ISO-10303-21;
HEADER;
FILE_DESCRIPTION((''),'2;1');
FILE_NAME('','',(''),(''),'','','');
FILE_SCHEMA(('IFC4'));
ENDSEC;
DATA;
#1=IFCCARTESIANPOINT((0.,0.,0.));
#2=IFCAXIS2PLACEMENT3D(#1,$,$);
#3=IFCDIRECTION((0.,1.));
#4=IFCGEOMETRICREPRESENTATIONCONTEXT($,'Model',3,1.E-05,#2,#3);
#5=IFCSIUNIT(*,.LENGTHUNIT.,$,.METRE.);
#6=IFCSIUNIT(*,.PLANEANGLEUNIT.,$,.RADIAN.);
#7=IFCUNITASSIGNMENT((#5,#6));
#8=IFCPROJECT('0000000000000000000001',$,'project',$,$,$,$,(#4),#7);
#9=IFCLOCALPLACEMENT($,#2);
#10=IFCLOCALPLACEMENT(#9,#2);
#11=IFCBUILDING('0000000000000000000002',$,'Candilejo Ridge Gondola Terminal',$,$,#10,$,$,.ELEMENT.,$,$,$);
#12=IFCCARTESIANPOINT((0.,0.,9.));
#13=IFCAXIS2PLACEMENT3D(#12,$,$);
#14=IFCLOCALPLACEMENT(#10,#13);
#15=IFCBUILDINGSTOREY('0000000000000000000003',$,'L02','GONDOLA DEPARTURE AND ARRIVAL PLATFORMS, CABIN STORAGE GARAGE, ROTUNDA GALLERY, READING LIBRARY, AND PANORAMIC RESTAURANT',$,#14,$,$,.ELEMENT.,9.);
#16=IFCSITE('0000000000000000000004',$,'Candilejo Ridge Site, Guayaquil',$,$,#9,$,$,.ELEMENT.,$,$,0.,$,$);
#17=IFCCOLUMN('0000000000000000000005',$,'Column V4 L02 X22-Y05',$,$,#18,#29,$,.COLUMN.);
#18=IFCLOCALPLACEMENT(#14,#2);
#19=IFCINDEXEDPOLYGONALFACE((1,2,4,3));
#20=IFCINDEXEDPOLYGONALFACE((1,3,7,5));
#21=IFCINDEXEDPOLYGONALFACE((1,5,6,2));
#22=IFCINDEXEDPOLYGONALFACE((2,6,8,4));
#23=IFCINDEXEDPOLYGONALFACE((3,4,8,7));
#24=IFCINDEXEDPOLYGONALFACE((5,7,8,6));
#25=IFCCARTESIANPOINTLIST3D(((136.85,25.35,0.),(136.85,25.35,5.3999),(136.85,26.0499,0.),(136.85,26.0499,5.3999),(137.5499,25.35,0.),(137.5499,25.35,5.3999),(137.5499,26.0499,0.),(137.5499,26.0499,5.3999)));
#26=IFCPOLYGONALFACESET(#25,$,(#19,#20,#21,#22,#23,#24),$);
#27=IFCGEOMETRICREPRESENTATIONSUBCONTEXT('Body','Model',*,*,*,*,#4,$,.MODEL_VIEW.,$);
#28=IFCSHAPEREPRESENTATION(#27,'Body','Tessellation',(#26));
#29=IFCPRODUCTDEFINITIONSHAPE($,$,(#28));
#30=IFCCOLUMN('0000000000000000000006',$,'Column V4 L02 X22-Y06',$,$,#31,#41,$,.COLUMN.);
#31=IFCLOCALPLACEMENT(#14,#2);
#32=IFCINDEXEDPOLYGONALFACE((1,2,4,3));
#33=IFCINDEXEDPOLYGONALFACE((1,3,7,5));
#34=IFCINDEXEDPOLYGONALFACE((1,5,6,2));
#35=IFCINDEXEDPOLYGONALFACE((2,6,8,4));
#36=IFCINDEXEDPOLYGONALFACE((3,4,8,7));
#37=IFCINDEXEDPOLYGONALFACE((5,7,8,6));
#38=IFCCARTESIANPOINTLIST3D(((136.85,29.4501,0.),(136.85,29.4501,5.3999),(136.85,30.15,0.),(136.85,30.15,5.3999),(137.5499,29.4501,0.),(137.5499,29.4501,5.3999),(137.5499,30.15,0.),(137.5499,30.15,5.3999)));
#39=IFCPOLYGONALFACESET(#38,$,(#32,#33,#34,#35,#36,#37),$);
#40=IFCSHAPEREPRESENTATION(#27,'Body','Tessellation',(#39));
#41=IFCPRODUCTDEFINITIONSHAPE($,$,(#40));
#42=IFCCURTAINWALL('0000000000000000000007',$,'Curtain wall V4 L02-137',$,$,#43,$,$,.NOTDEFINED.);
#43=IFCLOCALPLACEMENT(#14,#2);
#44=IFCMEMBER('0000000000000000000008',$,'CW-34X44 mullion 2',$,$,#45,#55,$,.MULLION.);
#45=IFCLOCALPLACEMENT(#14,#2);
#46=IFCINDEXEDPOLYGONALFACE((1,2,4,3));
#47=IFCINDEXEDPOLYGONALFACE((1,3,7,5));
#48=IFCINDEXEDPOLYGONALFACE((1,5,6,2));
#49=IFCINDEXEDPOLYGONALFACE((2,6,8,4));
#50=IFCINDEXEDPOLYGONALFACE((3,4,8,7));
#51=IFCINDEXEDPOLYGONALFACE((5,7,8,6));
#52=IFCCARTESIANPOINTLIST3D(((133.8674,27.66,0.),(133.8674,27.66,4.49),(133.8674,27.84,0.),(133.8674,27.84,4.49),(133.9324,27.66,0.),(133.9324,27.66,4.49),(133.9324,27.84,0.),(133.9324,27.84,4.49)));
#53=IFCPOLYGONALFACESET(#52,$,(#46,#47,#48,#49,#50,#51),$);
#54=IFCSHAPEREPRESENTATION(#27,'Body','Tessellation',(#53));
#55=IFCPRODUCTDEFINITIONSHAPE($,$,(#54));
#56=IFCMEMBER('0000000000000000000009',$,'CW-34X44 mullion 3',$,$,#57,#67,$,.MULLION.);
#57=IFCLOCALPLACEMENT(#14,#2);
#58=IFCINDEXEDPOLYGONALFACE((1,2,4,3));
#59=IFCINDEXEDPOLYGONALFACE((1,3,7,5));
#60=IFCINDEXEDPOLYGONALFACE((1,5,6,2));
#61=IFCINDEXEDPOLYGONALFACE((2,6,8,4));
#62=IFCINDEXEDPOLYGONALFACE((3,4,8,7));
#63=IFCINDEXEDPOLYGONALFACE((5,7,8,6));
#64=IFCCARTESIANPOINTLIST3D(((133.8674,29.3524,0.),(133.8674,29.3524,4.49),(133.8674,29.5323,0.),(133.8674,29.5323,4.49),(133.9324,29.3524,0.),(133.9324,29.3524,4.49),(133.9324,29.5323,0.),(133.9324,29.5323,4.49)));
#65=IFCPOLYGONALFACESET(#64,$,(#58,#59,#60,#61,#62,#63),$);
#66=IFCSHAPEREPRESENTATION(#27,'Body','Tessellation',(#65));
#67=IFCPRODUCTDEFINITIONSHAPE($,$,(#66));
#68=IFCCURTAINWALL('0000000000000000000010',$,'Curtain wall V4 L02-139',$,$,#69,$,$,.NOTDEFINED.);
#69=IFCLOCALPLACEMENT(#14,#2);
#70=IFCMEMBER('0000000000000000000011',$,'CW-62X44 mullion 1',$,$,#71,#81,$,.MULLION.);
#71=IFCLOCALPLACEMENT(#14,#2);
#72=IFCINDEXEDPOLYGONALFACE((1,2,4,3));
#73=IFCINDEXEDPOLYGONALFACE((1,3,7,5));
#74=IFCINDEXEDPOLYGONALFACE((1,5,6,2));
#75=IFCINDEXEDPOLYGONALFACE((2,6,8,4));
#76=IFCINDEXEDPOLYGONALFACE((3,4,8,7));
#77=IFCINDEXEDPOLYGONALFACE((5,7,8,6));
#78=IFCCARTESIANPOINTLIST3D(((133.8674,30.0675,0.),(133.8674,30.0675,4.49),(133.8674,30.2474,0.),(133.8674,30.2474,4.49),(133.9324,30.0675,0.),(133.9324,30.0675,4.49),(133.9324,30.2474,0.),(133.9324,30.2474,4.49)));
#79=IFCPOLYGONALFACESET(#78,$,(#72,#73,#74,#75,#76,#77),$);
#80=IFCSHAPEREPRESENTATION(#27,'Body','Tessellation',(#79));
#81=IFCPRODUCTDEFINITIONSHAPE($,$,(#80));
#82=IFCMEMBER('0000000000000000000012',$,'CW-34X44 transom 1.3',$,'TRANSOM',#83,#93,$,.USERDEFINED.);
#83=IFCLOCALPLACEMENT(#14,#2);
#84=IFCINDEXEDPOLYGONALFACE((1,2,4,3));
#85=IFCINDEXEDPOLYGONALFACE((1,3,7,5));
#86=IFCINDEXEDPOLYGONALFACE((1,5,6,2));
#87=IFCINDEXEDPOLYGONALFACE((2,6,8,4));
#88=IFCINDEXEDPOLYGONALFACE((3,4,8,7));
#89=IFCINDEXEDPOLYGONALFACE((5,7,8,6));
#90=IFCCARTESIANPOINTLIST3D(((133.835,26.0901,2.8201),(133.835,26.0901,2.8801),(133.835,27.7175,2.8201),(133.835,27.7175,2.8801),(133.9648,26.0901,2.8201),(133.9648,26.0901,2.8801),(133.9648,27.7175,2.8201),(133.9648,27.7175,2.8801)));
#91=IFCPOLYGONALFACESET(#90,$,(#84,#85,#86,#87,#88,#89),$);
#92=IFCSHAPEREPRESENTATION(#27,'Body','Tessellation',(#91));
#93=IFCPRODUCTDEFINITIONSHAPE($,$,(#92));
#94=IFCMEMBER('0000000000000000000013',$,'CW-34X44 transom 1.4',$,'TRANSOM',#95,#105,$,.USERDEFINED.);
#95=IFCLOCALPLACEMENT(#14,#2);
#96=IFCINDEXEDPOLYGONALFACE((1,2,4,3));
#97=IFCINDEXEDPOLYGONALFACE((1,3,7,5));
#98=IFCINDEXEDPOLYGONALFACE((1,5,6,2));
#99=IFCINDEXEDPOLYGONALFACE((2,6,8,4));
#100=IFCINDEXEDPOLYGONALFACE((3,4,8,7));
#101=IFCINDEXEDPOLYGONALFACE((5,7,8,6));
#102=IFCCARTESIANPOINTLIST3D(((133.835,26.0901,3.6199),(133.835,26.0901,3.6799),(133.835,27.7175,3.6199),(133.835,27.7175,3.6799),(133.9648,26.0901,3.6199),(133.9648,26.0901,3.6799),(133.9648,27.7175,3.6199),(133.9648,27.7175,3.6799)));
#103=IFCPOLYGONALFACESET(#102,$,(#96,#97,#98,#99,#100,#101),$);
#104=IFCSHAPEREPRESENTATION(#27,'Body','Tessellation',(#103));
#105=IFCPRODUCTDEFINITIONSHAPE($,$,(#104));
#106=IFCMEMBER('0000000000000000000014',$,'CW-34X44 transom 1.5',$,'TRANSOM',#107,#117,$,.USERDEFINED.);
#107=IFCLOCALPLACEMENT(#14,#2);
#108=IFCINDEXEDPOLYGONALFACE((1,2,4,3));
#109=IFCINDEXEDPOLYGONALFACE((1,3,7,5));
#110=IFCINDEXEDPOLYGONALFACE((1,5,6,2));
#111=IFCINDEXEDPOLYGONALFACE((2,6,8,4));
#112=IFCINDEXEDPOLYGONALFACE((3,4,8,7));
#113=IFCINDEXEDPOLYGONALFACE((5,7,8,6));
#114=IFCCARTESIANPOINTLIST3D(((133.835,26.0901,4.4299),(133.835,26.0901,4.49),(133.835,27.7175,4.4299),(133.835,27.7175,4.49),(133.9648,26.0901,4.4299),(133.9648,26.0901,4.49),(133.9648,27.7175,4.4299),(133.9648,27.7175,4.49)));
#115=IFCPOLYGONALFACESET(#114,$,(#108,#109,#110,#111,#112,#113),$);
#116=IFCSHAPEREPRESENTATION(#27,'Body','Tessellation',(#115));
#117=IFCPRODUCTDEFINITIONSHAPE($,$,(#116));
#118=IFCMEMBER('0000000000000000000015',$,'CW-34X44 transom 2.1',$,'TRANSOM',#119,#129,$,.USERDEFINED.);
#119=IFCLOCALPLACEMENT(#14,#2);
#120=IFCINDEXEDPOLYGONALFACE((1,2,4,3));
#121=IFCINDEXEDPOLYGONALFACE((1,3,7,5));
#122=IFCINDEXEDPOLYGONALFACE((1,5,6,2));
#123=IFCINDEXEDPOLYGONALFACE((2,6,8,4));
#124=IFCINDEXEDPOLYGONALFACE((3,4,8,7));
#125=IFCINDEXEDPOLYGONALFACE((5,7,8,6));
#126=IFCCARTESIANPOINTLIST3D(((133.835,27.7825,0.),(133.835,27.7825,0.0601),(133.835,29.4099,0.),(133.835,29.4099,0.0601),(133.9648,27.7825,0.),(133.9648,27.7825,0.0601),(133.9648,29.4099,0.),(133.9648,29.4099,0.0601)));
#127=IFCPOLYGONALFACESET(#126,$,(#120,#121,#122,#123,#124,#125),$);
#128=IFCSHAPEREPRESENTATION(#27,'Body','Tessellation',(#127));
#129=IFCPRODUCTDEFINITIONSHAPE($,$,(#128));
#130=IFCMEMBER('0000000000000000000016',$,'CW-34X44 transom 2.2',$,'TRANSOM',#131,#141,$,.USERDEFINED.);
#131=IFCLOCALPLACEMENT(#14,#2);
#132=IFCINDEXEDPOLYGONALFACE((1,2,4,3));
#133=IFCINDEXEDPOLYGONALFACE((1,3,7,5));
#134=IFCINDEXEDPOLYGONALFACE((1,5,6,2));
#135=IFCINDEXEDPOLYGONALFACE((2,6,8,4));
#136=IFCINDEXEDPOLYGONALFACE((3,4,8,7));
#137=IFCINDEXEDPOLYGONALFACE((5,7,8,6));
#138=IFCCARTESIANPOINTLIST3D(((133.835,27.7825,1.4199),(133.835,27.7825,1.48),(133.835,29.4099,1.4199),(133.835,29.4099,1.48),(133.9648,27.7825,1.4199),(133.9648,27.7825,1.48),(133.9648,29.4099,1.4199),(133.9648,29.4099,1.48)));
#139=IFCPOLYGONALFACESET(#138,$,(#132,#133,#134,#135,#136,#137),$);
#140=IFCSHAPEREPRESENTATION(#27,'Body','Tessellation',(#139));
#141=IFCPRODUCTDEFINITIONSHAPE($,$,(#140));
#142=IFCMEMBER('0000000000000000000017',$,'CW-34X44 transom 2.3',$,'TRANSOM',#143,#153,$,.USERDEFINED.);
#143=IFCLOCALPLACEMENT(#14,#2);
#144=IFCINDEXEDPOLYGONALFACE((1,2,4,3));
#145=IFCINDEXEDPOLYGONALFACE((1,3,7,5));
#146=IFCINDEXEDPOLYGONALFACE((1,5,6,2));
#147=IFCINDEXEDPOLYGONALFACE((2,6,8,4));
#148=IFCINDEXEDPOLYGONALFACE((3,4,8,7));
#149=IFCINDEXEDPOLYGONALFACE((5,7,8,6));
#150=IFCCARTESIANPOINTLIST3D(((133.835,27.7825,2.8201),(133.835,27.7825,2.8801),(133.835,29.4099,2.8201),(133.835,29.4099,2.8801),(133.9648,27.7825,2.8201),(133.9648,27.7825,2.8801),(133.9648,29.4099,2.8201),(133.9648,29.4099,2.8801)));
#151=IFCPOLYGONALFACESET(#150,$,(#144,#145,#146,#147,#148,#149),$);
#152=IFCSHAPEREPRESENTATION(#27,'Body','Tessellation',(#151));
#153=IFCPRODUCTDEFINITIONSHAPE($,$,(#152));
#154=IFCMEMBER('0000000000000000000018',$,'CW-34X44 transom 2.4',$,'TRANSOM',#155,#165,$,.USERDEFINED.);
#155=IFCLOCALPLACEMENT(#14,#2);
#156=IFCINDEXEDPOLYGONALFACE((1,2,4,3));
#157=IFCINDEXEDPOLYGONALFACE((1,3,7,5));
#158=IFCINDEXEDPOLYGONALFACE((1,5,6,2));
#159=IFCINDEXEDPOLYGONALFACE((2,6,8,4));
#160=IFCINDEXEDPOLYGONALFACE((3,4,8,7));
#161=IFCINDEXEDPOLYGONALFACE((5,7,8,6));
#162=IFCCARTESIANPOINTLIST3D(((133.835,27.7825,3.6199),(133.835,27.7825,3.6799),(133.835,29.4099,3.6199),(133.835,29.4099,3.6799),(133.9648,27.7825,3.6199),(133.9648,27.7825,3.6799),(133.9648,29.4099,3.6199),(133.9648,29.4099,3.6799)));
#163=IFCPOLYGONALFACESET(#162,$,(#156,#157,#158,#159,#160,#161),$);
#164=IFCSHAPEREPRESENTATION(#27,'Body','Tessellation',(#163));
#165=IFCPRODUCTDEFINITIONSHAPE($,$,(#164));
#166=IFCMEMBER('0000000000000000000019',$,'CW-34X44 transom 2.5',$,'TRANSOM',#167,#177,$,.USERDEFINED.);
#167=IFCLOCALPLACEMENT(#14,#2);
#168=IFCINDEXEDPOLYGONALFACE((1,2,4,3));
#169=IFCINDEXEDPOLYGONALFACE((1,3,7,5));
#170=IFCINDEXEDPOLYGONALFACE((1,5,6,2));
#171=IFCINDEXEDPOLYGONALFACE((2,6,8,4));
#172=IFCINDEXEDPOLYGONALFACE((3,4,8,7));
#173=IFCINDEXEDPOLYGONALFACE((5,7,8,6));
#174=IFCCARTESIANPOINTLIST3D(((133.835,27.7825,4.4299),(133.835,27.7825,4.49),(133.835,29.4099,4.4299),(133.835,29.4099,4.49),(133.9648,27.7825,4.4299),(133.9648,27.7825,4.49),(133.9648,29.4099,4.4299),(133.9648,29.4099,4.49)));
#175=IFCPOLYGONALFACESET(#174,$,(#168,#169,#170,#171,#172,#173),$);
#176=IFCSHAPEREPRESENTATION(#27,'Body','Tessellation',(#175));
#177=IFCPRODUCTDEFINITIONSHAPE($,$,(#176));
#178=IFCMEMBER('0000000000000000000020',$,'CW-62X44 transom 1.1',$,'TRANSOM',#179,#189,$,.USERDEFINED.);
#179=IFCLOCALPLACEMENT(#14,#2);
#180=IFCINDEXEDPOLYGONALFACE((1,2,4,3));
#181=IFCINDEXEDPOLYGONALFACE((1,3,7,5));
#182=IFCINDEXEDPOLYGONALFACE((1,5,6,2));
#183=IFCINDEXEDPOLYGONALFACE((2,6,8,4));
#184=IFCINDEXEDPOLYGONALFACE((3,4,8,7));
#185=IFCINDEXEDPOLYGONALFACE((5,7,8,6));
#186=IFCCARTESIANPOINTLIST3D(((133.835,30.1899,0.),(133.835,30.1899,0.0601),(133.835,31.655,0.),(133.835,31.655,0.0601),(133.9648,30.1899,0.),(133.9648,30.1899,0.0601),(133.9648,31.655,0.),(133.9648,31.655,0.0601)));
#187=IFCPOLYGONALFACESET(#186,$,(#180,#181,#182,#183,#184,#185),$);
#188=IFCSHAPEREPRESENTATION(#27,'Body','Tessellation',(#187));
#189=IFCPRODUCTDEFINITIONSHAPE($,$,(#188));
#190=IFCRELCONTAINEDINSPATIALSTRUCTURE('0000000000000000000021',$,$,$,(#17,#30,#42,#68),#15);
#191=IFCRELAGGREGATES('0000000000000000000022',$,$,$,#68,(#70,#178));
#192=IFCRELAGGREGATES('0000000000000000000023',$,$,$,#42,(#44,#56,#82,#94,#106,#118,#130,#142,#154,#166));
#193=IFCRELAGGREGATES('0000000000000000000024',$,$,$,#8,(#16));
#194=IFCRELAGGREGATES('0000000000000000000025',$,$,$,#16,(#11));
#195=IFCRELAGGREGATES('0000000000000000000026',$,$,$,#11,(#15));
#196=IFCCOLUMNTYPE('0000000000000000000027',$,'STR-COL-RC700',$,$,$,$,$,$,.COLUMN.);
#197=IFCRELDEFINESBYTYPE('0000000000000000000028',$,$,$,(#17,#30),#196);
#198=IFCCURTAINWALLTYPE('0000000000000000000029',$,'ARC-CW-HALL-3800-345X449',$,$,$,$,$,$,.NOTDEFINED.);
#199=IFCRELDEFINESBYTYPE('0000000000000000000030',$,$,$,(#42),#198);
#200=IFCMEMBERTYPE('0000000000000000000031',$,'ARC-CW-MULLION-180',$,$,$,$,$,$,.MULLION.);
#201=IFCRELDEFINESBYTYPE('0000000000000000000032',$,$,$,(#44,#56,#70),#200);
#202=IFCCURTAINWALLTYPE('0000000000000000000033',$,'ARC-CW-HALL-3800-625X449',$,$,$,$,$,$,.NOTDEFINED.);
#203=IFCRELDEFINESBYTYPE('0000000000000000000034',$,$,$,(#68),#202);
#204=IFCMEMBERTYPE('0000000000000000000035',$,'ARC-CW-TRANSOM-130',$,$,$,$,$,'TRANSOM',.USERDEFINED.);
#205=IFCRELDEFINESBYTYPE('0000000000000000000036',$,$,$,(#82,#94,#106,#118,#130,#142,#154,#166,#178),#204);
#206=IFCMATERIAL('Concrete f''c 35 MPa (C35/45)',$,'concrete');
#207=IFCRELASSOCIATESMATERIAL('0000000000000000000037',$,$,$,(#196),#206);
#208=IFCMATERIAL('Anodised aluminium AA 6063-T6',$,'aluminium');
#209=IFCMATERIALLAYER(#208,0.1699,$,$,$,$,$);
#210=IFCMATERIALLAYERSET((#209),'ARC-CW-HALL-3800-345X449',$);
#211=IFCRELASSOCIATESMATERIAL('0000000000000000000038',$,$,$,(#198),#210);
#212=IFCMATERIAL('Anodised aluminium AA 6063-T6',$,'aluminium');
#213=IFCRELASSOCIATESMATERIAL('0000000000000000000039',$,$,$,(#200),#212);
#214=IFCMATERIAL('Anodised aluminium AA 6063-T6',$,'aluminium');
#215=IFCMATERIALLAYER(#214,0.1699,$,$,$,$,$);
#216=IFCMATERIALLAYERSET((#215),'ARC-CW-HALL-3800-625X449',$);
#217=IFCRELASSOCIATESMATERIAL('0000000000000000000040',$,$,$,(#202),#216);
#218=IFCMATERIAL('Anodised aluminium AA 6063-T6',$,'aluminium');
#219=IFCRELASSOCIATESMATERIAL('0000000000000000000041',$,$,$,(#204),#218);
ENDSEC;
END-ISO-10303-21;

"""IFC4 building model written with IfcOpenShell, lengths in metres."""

from ifc_helpers import new_model, si_unit, direction, frame, origin, origin_2d, place, context, subcontext, project, spatial, rectangle, extrude, material, layer, layer_set, material_profile, profile_set, type_object, element, aggregate, save


model = new_model("IFC4")

# Units and contexts
model_context = context("Model", 3, precision=1e-05, world=origin(), true_north=direction((0.0, 1.0)))
body_context = subcontext(model_context, "Body", "Model", "MODEL_VIEW")
ifc_project = project(units=[si_unit("LENGTHUNIT", "METRE"), si_unit("PLANEANGLEUNIT", "RADIAN")], contexts=[model_context])

# Site, building, storey
site_placement = place(None, origin())
site = spatial("IfcSite", under=ifc_project, at=site_placement, Name="Candilejo Ridge Site, Guayaquil", CompositionType="ELEMENT", RefElevation=0.0)
building_placement = place(site_placement, origin())
building = spatial("IfcBuilding", under=site, at=building_placement, Name="Candilejo Ridge Gondola Terminal", CompositionType="ELEMENT")
storey_placement = place(building_placement, frame((0.0, 0.0, 9.0)))
storey = spatial("IfcBuildingStorey", under=building, at=storey_placement, Name="L02", Description="GONDOLA DEPARTURE AND ARRIVAL PLATFORMS, CABIN STORAGE GARAGE, ROTUNDA GALLERY, READING LIBRARY, AND PANORAMIC RESTAURANT", CompositionType="ELEMENT", Elevation=9.0)

# Columns
ifc_material_1 = material(Name="Concrete f'c 35 MPa (C35/45)", Category="concrete")
ifc_material_profile_1 = material_profile(ifc_material_1, rectangle(XDim=0.7, YDim=0.7, at=origin_2d()))
ifc_profile_set_1 = profile_set([ifc_material_profile_1], Name="Concrete f'c 35 MPa (C35/45)")
column_type = type_object("IfcColumnType", Name="STR-COL-RC700", PredefinedType="COLUMN", material=ifc_profile_set_1)
for number, where, z_axis, x_axis, name in (
    (1, (137.2, 25.7, 0.0), (0.0, 0.0, 1.0), (1.0, 0.0, 0.0), "Column V4 L02 X22-Y05"),
    (2, (137.2, 29.8, 0.0), (0.0, 0.0, 1.0), (1.0, 0.0, 0.0), "Column V4 L02 X22-Y06"),
):
    element("IfcColumn", number, at=place(storey_placement, frame(where, z_axis=z_axis, x_axis=x_axis)), inside=storey, type_object=column_type, Name=name, PredefinedType="COLUMN", context=body_context, shape_type="SweptSolid", body=[
        extrude(rectangle(XDim=0.7, YDim=0.7, at=origin_2d()), origin(), (0.0, 0.0, 1.0), 5.3999),
    ])

# Curtain wall, members
ifc_material_2 = material(Name="Anodised aluminium AA 6063-T6", Category="aluminium")
ifc_layer_1 = layer(ifc_material_2, 0.1699)
ifc_layer_set_1 = layer_set([ifc_layer_1], Name="ARC-CW-HALL-3800-345X449")
curtain_wall_type_1 = type_object("IfcCurtainWallType", Name="ARC-CW-HALL-3800-345X449", PredefinedType="NOTDEFINED", material=ifc_layer_set_1)
curtain_wall_1_placement = place(storey_placement, origin())
curtain_wall_1 = element("IfcCurtainWall", 3, at=curtain_wall_1_placement, inside=storey, type_object=curtain_wall_type_1, Name="Curtain wall V4 L02-137", PredefinedType="NOTDEFINED")
ifc_material_3 = material(Name="Anodised aluminium AA 6063-T6", Category="aluminium")
ifc_material_profile_2 = material_profile(ifc_material_3, rectangle(XDim=0.0649, YDim=0.1799, at=origin_2d()))
ifc_profile_set_2 = profile_set([ifc_material_profile_2], Name="Anodised aluminium AA 6063-T6")
member_type_1 = type_object("IfcMemberType", Name="ARC-CW-MULLION-180", PredefinedType="MULLION", material=ifc_profile_set_2)
member_1_placement = place(storey_placement, frame((133.8999, 27.75, 0.0), z_axis=(0.0, 0.0, 1.0), x_axis=(-1.0, 0.0, 0.0)))
member_1 = element("IfcMember", 4, at=member_1_placement, type_object=member_type_1, Name="CW-34X44 mullion 2", PredefinedType="MULLION", context=body_context, shape_type="SweptSolid", body=[
    extrude(rectangle(XDim=0.0649, YDim=0.1799, at=origin_2d()), origin(), (0.0, 0.0, 1.0), 4.49),
])
member_2_placement = place(storey_placement, frame((133.8999, 29.4424, 0.0), z_axis=(0.0, 0.0, 1.0), x_axis=(-1.0, 0.0, 0.0)))
member_2 = element("IfcMember", 5, at=member_2_placement, type_object=member_type_1, Name="CW-34X44 mullion 3", PredefinedType="MULLION", context=body_context, shape_type="SweptSolid", body=[
    extrude(rectangle(XDim=0.0649, YDim=0.1799, at=origin_2d()), origin(), (0.0, 0.0, 1.0), 4.49),
])

# Curtain wall, member
ifc_material_4 = material(Name="Anodised aluminium AA 6063-T6", Category="aluminium")
ifc_layer_2 = layer(ifc_material_4, 0.1699)
ifc_layer_set_2 = layer_set([ifc_layer_2], Name="ARC-CW-HALL-3800-625X449")
curtain_wall_type_2 = type_object("IfcCurtainWallType", Name="ARC-CW-HALL-3800-625X449", PredefinedType="NOTDEFINED", material=ifc_layer_set_2)
curtain_wall_2_placement = place(storey_placement, origin())
curtain_wall_2 = element("IfcCurtainWall", 6, at=curtain_wall_2_placement, inside=storey, type_object=curtain_wall_type_2, Name="Curtain wall V4 L02-139", PredefinedType="NOTDEFINED")
member_3_placement = place(storey_placement, frame((133.8999, 30.1575, 0.0), z_axis=(0.0, 0.0, 1.0), x_axis=(-1.0, 0.0, 0.0)))
member_3 = element("IfcMember", 7, at=member_3_placement, type_object=member_type_1, Name="CW-62X44 mullion 1", PredefinedType="MULLION", context=body_context, shape_type="SweptSolid", body=[
    extrude(rectangle(XDim=0.0649, YDim=0.1799, at=origin_2d()), origin(), (0.0, 0.0, 1.0), 4.49),
])

# Members
ifc_material_5 = material(Name="Anodised aluminium AA 6063-T6", Category="aluminium")
ifc_material_profile_3 = material_profile(ifc_material_5, rectangle(XDim=0.1299, YDim=0.0601, at=origin_2d()))
ifc_profile_set_3 = profile_set([ifc_material_profile_3], Name="Anodised aluminium AA 6063-T6")
member_type_2 = type_object("IfcMemberType", Name="ARC-CW-TRANSOM-130", ElementType="TRANSOM", PredefinedType="USERDEFINED", material=ifc_profile_set_3)
member_4_placement = place(storey_placement, frame((133.8999, 26.0901, 2.8501), z_axis=(0.0, 1.0, 0.0), x_axis=(-1.0, 0.0, 0.0)))
member_4 = element("IfcMember", 8, at=member_4_placement, type_object=member_type_2, Name="CW-34X44 transom 1.3", ObjectType="TRANSOM", PredefinedType="USERDEFINED", context=body_context, shape_type="SweptSolid", body=[
    extrude(rectangle(XDim=0.1299, YDim=0.0601, at=origin_2d()), origin(), (0.0, 0.0, 1.0), 1.6274),
])
member_5_placement = place(storey_placement, frame((133.8999, 26.0901, 3.6499), z_axis=(0.0, 1.0, 0.0), x_axis=(-1.0, 0.0, 0.0)))
member_5 = element("IfcMember", 9, at=member_5_placement, type_object=member_type_2, Name="CW-34X44 transom 1.4", ObjectType="TRANSOM", PredefinedType="USERDEFINED", context=body_context, shape_type="SweptSolid", body=[
    extrude(rectangle(XDim=0.1299, YDim=0.0601, at=origin_2d()), origin(), (0.0, 0.0, 1.0), 1.6274),
])
member_6_placement = place(storey_placement, frame((133.8999, 26.0901, 4.46), z_axis=(0.0, 1.0, 0.0), x_axis=(-1.0, 0.0, 0.0)))
member_6 = element("IfcMember", 10, at=member_6_placement, type_object=member_type_2, Name="CW-34X44 transom 1.5", ObjectType="TRANSOM", PredefinedType="USERDEFINED", context=body_context, shape_type="SweptSolid", body=[
    extrude(rectangle(XDim=0.1299, YDim=0.0601, at=origin_2d()), origin(), (0.0, 0.0, 1.0), 1.6274),
])
member_7_placement = place(storey_placement, frame((133.8999, 27.7825, 0.03), z_axis=(0.0, 1.0, 0.0), x_axis=(-1.0, 0.0, 0.0)))
member_7 = element("IfcMember", 11, at=member_7_placement, type_object=member_type_2, Name="CW-34X44 transom 2.1", ObjectType="TRANSOM", PredefinedType="USERDEFINED", context=body_context, shape_type="SweptSolid", body=[
    extrude(rectangle(XDim=0.1299, YDim=0.0601, at=origin_2d()), origin(), (0.0, 0.0, 1.0), 1.6274),
])
member_8_placement = place(storey_placement, frame((133.8999, 27.7825, 1.45), z_axis=(0.0, 1.0, 0.0), x_axis=(-1.0, 0.0, 0.0)))
member_8 = element("IfcMember", 12, at=member_8_placement, type_object=member_type_2, Name="CW-34X44 transom 2.2", ObjectType="TRANSOM", PredefinedType="USERDEFINED", context=body_context, shape_type="SweptSolid", body=[
    extrude(rectangle(XDim=0.1299, YDim=0.0601, at=origin_2d()), origin(), (0.0, 0.0, 1.0), 1.6274),
])
member_9_placement = place(storey_placement, frame((133.8999, 27.7825, 2.8501), z_axis=(0.0, 1.0, 0.0), x_axis=(-1.0, 0.0, 0.0)))
member_9 = element("IfcMember", 13, at=member_9_placement, type_object=member_type_2, Name="CW-34X44 transom 2.3", ObjectType="TRANSOM", PredefinedType="USERDEFINED", context=body_context, shape_type="SweptSolid", body=[
    extrude(rectangle(XDim=0.1299, YDim=0.0601, at=origin_2d()), origin(), (0.0, 0.0, 1.0), 1.6274),
])
member_10_placement = place(storey_placement, frame((133.8999, 27.7825, 3.6499), z_axis=(0.0, 1.0, 0.0), x_axis=(-1.0, 0.0, 0.0)))
member_10 = element("IfcMember", 14, at=member_10_placement, type_object=member_type_2, Name="CW-34X44 transom 2.4", ObjectType="TRANSOM", PredefinedType="USERDEFINED", context=body_context, shape_type="SweptSolid", body=[
    extrude(rectangle(XDim=0.1299, YDim=0.0601, at=origin_2d()), origin(), (0.0, 0.0, 1.0), 1.6274),
])
member_11_placement = place(storey_placement, frame((133.8999, 27.7825, 4.46), z_axis=(0.0, 1.0, 0.0), x_axis=(-1.0, 0.0, 0.0)))
member_11 = element("IfcMember", 15, at=member_11_placement, type_object=member_type_2, Name="CW-34X44 transom 2.5", ObjectType="TRANSOM", PredefinedType="USERDEFINED", context=body_context, shape_type="SweptSolid", body=[
    extrude(rectangle(XDim=0.1299, YDim=0.0601, at=origin_2d()), origin(), (0.0, 0.0, 1.0), 1.6274),
])
member_12_placement = place(storey_placement, frame((133.8999, 30.1899, 0.03), z_axis=(0.0, 1.0, 0.0), x_axis=(-1.0, 0.0, 0.0)))
member_12 = element("IfcMember", 16, at=member_12_placement, type_object=member_type_2, Name="CW-62X44 transom 1.1", ObjectType="TRANSOM", PredefinedType="USERDEFINED", context=body_context, shape_type="SweptSolid", body=[
    extrude(rectangle(XDim=0.1299, YDim=0.0601, at=origin_2d()), origin(), (0.0, 0.0, 1.0), 1.4651),
])
aggregate(curtain_wall_2, [member_3, member_12])

aggregate(curtain_wall_1, [member_1, member_2, member_4, member_5, member_6, member_7, member_8, member_9, member_10, member_11])

save(model, "model.ifc")
